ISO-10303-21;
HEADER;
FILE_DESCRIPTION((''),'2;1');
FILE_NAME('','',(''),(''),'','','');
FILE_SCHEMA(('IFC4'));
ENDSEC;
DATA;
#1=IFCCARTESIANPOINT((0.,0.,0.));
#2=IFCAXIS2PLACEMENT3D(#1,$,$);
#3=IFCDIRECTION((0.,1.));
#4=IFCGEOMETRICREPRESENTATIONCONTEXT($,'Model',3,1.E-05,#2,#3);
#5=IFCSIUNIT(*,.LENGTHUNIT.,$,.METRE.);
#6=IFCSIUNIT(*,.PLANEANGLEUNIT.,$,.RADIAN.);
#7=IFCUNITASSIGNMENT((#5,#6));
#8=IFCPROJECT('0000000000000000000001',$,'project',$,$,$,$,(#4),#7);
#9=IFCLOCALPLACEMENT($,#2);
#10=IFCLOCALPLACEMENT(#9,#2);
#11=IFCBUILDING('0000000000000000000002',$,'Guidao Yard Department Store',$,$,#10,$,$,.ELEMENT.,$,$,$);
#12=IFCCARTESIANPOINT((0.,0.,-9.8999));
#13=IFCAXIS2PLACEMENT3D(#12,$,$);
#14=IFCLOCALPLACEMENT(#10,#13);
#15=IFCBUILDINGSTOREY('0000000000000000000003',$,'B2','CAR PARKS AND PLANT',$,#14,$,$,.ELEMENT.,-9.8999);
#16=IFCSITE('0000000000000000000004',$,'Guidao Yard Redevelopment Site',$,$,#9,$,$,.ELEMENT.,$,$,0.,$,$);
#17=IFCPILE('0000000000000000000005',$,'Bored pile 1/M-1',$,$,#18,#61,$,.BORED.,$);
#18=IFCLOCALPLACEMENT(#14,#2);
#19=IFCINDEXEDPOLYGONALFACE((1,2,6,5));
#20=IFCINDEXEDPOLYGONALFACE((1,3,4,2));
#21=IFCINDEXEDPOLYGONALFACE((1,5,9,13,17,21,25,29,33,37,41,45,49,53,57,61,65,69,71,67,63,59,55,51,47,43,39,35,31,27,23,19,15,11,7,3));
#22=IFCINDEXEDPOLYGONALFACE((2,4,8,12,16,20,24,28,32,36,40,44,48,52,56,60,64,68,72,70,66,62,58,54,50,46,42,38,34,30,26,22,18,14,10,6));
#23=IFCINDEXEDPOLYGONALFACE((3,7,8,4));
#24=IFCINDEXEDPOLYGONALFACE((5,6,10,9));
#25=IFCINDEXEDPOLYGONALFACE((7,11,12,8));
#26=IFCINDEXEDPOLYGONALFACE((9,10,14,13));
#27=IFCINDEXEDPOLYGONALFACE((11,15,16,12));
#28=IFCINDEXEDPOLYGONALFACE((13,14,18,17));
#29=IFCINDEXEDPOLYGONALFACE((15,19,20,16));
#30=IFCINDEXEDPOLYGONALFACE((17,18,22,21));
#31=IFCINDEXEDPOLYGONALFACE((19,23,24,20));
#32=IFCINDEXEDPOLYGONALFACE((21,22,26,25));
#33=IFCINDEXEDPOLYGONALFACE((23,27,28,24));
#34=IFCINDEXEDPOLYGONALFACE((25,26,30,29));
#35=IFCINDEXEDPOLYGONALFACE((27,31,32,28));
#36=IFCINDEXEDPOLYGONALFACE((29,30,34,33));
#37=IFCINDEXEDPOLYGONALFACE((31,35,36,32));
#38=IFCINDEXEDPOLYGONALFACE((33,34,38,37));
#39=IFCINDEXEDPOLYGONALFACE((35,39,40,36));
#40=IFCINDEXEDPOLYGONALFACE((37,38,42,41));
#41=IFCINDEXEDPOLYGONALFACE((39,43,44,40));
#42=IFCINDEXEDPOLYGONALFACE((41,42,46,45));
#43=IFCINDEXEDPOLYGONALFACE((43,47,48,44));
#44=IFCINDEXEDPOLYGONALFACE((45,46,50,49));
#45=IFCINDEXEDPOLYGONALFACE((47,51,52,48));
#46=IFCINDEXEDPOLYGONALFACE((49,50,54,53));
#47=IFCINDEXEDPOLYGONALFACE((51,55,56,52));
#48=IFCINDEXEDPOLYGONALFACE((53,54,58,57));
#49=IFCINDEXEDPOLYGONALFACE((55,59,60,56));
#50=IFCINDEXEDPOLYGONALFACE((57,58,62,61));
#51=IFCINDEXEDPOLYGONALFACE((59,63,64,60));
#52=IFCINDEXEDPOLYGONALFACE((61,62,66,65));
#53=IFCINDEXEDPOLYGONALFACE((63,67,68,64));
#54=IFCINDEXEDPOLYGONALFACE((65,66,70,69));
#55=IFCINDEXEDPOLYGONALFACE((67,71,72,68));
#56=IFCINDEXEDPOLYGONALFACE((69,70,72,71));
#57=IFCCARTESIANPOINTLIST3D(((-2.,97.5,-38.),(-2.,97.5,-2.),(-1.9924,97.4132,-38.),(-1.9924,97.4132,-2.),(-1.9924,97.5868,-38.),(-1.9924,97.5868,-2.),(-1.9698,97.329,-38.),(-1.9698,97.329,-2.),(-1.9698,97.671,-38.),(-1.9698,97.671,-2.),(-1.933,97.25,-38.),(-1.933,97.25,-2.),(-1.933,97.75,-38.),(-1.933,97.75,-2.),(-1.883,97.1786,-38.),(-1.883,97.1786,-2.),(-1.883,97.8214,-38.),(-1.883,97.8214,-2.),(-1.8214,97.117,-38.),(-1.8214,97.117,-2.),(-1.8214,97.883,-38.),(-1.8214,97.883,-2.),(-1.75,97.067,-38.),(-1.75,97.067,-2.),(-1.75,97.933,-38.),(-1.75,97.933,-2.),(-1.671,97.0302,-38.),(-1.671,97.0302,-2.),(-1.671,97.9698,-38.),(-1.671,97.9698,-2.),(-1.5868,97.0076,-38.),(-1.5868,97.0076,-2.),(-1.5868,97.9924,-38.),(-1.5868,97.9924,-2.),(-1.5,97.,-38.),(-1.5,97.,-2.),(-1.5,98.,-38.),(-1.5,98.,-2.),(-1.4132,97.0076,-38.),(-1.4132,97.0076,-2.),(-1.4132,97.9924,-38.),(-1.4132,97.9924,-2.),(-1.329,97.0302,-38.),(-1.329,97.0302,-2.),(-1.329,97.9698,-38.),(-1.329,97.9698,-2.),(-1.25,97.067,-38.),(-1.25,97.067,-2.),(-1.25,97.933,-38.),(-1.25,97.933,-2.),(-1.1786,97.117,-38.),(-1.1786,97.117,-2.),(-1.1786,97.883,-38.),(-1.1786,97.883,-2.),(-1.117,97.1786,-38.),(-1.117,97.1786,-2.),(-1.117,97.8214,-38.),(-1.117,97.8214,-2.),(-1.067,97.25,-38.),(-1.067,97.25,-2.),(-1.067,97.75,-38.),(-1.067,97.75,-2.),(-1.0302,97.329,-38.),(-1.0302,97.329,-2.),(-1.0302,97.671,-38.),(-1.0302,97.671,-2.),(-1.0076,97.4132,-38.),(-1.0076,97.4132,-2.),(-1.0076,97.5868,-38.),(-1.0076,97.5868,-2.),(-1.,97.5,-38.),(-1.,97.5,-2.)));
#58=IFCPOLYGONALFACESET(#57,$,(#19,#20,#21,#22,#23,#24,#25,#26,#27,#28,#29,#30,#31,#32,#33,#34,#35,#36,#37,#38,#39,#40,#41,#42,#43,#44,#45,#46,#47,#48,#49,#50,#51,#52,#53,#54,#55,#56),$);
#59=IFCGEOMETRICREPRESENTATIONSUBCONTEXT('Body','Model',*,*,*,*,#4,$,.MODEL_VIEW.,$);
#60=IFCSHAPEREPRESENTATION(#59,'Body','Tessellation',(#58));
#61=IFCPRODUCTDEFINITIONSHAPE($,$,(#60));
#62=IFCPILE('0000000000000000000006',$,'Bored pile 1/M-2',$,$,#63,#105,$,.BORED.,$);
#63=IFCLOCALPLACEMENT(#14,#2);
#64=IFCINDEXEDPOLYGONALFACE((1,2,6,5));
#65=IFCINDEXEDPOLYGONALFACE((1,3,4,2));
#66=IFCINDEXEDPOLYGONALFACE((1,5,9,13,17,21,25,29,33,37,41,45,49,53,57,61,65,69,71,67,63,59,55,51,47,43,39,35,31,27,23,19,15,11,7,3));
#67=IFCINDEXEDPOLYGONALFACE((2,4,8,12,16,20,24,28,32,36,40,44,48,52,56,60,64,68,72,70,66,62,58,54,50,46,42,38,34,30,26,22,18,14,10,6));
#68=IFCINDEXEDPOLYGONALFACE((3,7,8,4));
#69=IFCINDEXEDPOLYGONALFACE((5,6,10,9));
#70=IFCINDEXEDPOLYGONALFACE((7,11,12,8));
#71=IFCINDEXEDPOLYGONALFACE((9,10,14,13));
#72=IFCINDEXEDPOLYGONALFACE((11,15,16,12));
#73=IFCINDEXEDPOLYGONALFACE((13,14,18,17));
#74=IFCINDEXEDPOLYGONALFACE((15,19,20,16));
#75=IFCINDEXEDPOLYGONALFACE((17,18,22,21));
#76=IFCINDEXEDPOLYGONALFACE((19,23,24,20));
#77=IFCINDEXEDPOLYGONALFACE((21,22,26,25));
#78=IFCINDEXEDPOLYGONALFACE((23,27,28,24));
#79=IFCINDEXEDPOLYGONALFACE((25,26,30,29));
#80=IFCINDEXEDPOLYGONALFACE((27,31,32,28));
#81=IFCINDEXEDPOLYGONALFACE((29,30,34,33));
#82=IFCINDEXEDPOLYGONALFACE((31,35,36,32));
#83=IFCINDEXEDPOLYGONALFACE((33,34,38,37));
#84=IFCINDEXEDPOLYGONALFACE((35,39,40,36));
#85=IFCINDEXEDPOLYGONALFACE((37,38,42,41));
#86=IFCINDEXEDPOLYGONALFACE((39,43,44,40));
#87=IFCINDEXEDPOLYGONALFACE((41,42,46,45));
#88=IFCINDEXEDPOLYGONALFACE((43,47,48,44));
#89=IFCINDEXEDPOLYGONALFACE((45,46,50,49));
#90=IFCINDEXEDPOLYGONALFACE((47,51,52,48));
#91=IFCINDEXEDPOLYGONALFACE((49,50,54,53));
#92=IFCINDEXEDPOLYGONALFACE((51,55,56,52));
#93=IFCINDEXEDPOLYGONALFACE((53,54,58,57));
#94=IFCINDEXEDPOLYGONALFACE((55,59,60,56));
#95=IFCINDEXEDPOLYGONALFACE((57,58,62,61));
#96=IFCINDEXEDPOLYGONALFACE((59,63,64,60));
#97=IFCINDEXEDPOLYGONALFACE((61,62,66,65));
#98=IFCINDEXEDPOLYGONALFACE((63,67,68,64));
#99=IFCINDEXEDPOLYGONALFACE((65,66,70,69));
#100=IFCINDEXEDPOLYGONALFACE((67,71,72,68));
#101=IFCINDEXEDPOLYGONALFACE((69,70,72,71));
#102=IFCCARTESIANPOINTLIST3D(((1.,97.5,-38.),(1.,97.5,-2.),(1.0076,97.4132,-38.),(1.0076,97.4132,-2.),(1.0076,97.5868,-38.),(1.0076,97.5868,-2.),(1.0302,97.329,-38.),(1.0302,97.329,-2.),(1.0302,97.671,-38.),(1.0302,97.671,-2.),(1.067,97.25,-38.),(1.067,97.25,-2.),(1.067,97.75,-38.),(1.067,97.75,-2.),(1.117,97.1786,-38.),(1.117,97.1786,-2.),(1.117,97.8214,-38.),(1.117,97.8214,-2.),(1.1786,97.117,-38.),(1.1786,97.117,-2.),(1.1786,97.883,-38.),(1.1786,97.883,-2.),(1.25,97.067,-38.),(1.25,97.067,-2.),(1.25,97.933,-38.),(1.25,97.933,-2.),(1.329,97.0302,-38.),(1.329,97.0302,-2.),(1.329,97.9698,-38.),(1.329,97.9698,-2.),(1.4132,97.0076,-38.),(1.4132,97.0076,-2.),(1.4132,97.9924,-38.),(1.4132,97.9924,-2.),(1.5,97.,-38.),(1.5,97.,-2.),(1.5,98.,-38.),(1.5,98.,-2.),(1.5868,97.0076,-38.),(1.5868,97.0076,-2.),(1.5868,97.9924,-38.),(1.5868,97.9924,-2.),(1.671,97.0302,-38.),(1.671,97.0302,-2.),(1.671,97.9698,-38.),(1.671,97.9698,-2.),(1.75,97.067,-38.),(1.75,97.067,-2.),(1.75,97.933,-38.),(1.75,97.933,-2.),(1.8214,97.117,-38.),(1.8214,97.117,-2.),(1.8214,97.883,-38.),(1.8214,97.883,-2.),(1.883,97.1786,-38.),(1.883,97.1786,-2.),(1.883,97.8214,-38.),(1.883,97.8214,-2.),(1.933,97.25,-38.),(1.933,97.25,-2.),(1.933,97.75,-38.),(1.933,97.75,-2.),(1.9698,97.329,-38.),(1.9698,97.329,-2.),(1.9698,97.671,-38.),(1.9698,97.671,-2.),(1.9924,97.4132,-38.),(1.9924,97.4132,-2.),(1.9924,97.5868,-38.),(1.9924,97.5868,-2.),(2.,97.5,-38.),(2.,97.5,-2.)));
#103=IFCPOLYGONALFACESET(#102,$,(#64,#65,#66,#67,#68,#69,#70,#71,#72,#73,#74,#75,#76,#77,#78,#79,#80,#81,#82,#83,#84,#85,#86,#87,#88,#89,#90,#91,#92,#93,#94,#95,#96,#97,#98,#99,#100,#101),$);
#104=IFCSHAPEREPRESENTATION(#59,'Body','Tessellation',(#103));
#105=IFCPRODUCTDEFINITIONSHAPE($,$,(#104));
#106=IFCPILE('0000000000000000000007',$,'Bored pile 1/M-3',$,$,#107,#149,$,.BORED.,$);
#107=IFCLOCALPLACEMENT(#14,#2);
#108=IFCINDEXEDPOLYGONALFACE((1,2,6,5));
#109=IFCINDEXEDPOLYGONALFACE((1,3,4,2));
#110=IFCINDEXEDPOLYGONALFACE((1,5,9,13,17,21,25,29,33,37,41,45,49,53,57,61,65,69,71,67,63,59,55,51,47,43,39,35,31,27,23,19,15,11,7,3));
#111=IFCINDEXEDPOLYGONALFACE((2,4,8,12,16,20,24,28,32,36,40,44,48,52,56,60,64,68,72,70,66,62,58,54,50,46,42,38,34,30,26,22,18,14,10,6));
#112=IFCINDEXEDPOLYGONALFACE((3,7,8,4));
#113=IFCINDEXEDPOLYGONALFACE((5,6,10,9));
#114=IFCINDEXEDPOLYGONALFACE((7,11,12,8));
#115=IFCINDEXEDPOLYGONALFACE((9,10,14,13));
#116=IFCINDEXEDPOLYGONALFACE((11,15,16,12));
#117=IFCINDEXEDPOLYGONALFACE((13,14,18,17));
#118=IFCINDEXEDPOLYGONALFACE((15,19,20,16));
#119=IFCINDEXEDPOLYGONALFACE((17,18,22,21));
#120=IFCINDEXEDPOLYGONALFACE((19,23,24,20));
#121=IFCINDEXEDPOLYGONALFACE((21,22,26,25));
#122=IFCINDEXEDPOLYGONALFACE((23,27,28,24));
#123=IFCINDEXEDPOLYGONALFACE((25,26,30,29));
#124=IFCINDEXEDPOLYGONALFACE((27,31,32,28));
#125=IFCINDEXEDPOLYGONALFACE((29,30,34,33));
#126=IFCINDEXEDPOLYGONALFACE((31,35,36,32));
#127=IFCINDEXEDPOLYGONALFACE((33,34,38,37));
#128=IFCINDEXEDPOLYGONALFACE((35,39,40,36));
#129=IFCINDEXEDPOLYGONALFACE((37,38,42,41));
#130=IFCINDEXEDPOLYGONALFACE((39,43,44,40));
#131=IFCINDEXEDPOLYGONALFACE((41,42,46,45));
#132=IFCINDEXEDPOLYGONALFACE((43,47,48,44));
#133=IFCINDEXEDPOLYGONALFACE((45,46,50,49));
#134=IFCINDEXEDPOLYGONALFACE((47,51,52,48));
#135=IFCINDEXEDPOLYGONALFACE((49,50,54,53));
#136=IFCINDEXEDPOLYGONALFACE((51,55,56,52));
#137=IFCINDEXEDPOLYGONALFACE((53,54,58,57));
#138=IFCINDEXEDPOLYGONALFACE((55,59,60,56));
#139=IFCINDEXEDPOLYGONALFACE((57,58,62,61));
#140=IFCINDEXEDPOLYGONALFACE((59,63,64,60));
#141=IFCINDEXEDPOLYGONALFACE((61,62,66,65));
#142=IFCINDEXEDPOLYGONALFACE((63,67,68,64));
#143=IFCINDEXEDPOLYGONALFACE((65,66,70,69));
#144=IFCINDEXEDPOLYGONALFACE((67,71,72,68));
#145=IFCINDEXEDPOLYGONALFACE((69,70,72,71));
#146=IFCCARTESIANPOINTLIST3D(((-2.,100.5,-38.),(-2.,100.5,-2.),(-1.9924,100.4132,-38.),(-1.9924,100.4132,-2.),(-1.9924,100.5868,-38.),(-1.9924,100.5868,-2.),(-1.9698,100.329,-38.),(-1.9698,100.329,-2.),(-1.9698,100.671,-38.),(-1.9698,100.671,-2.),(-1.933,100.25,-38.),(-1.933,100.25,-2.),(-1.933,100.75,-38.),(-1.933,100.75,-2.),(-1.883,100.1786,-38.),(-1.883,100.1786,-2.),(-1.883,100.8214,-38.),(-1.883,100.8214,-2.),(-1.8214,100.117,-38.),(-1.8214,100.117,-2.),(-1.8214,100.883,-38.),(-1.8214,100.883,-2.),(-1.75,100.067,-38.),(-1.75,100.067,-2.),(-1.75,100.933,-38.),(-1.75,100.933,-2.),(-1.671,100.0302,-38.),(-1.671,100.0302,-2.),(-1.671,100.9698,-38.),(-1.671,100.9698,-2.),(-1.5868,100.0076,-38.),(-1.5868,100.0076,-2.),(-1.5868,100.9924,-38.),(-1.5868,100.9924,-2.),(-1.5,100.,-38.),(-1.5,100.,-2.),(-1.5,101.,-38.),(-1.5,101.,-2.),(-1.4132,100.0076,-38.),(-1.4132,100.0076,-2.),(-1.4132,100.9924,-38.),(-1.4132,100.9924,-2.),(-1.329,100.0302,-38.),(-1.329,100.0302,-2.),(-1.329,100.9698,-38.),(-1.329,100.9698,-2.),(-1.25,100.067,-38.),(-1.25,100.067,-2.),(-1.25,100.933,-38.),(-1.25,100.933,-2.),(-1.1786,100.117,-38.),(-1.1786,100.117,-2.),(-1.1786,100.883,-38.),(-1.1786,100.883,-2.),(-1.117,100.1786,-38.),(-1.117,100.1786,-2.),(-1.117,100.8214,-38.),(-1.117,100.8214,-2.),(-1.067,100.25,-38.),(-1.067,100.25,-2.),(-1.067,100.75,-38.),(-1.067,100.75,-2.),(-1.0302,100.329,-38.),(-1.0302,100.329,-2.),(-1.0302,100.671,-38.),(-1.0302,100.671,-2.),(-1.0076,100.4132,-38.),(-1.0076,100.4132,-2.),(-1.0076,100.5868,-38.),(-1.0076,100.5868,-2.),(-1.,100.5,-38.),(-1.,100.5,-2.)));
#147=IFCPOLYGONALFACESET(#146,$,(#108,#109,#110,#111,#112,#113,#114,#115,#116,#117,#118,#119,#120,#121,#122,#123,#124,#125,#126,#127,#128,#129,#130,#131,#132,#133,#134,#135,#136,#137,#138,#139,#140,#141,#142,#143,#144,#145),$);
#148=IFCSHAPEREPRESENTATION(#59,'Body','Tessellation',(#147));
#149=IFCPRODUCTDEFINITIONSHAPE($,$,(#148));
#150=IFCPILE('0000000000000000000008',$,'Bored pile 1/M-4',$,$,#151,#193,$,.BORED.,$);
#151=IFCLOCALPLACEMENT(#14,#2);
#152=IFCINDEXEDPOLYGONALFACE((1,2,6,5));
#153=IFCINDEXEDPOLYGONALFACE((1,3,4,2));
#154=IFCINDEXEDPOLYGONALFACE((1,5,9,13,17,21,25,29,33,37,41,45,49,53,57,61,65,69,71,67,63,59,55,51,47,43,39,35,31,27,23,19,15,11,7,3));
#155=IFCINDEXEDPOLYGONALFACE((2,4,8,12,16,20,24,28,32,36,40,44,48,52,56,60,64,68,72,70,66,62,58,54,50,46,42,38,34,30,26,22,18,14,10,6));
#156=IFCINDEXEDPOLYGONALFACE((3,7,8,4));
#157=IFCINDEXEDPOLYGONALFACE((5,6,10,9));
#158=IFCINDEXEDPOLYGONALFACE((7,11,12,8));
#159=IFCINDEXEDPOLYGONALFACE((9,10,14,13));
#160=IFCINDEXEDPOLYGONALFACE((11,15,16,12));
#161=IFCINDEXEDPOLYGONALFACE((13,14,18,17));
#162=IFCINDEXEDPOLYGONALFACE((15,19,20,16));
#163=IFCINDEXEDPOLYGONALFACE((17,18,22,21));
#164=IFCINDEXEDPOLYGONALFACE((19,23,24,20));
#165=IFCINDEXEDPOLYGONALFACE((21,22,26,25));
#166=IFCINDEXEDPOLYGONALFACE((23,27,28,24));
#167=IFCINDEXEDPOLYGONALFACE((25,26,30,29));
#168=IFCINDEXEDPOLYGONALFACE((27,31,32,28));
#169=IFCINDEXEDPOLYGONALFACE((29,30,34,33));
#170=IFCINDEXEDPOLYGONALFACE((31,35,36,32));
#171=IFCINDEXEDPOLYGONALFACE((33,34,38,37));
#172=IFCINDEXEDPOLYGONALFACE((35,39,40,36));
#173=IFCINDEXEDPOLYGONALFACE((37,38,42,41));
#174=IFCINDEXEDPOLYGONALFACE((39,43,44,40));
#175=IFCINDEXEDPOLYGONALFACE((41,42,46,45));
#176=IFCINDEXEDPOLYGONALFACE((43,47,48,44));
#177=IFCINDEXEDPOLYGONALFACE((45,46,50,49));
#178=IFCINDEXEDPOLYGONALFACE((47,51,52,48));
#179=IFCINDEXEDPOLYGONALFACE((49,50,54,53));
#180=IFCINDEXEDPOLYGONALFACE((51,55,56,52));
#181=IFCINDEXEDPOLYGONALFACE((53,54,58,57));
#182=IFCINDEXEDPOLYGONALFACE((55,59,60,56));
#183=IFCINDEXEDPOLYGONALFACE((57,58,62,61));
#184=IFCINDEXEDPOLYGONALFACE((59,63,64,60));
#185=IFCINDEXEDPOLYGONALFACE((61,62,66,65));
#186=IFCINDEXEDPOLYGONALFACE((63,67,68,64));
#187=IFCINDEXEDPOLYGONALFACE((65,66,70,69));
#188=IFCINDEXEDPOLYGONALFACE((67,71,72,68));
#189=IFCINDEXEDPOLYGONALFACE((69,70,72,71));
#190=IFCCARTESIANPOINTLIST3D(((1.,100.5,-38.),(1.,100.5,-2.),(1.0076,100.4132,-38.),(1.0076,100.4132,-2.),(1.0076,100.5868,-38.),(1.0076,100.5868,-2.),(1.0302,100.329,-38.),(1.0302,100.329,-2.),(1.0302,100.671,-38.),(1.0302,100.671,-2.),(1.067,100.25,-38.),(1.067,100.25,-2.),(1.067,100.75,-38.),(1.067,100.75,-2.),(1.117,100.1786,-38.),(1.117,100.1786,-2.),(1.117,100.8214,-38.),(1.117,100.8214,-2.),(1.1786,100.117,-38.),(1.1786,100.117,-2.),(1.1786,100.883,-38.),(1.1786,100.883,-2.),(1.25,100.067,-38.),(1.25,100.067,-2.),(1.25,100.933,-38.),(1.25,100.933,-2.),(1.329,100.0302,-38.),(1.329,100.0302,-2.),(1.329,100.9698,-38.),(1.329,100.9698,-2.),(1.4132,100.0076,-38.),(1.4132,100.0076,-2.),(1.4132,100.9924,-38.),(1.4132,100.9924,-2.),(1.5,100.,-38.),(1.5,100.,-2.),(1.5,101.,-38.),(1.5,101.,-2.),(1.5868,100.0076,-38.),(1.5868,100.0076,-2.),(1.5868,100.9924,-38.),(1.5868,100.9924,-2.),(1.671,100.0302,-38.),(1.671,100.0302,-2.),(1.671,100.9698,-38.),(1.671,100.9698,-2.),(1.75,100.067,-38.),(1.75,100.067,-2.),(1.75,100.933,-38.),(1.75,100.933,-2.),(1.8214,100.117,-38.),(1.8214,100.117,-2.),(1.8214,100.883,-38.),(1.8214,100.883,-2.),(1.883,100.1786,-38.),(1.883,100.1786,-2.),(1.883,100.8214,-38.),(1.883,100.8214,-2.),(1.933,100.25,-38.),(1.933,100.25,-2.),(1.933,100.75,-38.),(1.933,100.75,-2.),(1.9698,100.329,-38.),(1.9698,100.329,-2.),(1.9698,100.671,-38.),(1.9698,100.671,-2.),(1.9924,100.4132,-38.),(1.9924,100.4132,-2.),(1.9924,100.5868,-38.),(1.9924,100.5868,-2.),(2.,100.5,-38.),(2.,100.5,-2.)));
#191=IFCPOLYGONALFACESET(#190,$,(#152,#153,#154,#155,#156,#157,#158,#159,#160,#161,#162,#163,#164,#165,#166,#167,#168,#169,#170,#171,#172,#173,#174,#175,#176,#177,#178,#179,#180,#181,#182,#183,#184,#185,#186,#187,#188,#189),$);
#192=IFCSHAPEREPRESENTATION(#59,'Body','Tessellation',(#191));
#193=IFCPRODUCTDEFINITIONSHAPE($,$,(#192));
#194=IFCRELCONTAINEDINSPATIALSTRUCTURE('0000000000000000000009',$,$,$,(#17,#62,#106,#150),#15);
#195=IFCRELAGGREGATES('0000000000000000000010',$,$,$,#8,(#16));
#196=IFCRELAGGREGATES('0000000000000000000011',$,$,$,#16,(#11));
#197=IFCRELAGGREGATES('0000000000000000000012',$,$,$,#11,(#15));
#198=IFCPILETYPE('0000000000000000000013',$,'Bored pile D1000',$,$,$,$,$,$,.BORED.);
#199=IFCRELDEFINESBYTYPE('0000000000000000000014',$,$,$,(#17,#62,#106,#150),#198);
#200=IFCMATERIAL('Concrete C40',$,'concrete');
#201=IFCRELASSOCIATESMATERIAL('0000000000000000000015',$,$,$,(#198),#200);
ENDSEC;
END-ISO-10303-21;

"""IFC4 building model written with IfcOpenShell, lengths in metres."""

from ifc_helpers import new_model, si_unit, direction, frame, origin, origin_2d, place, context, subcontext, project, spatial, circle, extrude, material, material_profile, profile_set, type_object, element, save


model = new_model("IFC4")

# Units and contexts
model_context = context("Model", 3, precision=1e-05, world=origin(), true_north=direction((0.0, 1.0)))
body_context = subcontext(model_context, "Body", "Model", "MODEL_VIEW")
ifc_project = project(units=[si_unit("LENGTHUNIT", "METRE"), si_unit("PLANEANGLEUNIT", "RADIAN")], contexts=[model_context])

# Site, building, storey
site_placement = place(None, origin())
site = spatial("IfcSite", under=ifc_project, at=site_placement, Name="Guidao Yard Redevelopment Site", CompositionType="ELEMENT", RefElevation=0.0)
building_placement = place(site_placement, origin())
building = spatial("IfcBuilding", under=site, at=building_placement, Name="Guidao Yard Department Store", CompositionType="ELEMENT")
storey_placement = place(building_placement, frame((0.0, 0.0, -9.8999)))
storey = spatial("IfcBuildingStorey", under=building, at=storey_placement, Name="B2", Description="CAR PARKS AND PLANT", CompositionType="ELEMENT", Elevation=-9.8999)

# Piles
ifc_material_1 = material(Name="Concrete C40", Category="concrete")
ifc_material_profile_1 = material_profile(ifc_material_1, circle(Radius=0.5, at=origin_2d()), Name="Bored pile D1000")
ifc_profile_set_1 = profile_set([ifc_material_profile_1], Name="Concrete C40")
pile_type = type_object("IfcPileType", Name="Bored pile D1000", PredefinedType="BORED", material=ifc_profile_set_1)
for number, where, z_axis, x_axis, name in (
    (1, (-1.5, 97.5, -2.0), (0.0, 0.0, -1.0), (1.0, 0.0, 0.0), "Bored pile 1/M-1"),
    (2, (1.5, 97.5, -2.0), (0.0, 0.0, -1.0), (1.0, 0.0, 0.0), "Bored pile 1/M-2"),
    (3, (-1.5, 100.5, -2.0), (0.0, 0.0, -1.0), (1.0, 0.0, 0.0), "Bored pile 1/M-3"),
    (4, (1.5, 100.5, -2.0), (0.0, 0.0, -1.0), (1.0, 0.0, 0.0), "Bored pile 1/M-4"),
):
    element("IfcPile", number, at=place(storey_placement, frame(where, z_axis=z_axis, x_axis=x_axis)), inside=storey, type_object=pile_type, Name=name, PredefinedType="BORED", context=body_context, shape_type="SweptSolid", body=[
        extrude(circle(Radius=0.5, at=origin_2d()), origin(), (0.0, 0.0, 1.0), 36.0),
    ])

save(model, "model.ifc")
